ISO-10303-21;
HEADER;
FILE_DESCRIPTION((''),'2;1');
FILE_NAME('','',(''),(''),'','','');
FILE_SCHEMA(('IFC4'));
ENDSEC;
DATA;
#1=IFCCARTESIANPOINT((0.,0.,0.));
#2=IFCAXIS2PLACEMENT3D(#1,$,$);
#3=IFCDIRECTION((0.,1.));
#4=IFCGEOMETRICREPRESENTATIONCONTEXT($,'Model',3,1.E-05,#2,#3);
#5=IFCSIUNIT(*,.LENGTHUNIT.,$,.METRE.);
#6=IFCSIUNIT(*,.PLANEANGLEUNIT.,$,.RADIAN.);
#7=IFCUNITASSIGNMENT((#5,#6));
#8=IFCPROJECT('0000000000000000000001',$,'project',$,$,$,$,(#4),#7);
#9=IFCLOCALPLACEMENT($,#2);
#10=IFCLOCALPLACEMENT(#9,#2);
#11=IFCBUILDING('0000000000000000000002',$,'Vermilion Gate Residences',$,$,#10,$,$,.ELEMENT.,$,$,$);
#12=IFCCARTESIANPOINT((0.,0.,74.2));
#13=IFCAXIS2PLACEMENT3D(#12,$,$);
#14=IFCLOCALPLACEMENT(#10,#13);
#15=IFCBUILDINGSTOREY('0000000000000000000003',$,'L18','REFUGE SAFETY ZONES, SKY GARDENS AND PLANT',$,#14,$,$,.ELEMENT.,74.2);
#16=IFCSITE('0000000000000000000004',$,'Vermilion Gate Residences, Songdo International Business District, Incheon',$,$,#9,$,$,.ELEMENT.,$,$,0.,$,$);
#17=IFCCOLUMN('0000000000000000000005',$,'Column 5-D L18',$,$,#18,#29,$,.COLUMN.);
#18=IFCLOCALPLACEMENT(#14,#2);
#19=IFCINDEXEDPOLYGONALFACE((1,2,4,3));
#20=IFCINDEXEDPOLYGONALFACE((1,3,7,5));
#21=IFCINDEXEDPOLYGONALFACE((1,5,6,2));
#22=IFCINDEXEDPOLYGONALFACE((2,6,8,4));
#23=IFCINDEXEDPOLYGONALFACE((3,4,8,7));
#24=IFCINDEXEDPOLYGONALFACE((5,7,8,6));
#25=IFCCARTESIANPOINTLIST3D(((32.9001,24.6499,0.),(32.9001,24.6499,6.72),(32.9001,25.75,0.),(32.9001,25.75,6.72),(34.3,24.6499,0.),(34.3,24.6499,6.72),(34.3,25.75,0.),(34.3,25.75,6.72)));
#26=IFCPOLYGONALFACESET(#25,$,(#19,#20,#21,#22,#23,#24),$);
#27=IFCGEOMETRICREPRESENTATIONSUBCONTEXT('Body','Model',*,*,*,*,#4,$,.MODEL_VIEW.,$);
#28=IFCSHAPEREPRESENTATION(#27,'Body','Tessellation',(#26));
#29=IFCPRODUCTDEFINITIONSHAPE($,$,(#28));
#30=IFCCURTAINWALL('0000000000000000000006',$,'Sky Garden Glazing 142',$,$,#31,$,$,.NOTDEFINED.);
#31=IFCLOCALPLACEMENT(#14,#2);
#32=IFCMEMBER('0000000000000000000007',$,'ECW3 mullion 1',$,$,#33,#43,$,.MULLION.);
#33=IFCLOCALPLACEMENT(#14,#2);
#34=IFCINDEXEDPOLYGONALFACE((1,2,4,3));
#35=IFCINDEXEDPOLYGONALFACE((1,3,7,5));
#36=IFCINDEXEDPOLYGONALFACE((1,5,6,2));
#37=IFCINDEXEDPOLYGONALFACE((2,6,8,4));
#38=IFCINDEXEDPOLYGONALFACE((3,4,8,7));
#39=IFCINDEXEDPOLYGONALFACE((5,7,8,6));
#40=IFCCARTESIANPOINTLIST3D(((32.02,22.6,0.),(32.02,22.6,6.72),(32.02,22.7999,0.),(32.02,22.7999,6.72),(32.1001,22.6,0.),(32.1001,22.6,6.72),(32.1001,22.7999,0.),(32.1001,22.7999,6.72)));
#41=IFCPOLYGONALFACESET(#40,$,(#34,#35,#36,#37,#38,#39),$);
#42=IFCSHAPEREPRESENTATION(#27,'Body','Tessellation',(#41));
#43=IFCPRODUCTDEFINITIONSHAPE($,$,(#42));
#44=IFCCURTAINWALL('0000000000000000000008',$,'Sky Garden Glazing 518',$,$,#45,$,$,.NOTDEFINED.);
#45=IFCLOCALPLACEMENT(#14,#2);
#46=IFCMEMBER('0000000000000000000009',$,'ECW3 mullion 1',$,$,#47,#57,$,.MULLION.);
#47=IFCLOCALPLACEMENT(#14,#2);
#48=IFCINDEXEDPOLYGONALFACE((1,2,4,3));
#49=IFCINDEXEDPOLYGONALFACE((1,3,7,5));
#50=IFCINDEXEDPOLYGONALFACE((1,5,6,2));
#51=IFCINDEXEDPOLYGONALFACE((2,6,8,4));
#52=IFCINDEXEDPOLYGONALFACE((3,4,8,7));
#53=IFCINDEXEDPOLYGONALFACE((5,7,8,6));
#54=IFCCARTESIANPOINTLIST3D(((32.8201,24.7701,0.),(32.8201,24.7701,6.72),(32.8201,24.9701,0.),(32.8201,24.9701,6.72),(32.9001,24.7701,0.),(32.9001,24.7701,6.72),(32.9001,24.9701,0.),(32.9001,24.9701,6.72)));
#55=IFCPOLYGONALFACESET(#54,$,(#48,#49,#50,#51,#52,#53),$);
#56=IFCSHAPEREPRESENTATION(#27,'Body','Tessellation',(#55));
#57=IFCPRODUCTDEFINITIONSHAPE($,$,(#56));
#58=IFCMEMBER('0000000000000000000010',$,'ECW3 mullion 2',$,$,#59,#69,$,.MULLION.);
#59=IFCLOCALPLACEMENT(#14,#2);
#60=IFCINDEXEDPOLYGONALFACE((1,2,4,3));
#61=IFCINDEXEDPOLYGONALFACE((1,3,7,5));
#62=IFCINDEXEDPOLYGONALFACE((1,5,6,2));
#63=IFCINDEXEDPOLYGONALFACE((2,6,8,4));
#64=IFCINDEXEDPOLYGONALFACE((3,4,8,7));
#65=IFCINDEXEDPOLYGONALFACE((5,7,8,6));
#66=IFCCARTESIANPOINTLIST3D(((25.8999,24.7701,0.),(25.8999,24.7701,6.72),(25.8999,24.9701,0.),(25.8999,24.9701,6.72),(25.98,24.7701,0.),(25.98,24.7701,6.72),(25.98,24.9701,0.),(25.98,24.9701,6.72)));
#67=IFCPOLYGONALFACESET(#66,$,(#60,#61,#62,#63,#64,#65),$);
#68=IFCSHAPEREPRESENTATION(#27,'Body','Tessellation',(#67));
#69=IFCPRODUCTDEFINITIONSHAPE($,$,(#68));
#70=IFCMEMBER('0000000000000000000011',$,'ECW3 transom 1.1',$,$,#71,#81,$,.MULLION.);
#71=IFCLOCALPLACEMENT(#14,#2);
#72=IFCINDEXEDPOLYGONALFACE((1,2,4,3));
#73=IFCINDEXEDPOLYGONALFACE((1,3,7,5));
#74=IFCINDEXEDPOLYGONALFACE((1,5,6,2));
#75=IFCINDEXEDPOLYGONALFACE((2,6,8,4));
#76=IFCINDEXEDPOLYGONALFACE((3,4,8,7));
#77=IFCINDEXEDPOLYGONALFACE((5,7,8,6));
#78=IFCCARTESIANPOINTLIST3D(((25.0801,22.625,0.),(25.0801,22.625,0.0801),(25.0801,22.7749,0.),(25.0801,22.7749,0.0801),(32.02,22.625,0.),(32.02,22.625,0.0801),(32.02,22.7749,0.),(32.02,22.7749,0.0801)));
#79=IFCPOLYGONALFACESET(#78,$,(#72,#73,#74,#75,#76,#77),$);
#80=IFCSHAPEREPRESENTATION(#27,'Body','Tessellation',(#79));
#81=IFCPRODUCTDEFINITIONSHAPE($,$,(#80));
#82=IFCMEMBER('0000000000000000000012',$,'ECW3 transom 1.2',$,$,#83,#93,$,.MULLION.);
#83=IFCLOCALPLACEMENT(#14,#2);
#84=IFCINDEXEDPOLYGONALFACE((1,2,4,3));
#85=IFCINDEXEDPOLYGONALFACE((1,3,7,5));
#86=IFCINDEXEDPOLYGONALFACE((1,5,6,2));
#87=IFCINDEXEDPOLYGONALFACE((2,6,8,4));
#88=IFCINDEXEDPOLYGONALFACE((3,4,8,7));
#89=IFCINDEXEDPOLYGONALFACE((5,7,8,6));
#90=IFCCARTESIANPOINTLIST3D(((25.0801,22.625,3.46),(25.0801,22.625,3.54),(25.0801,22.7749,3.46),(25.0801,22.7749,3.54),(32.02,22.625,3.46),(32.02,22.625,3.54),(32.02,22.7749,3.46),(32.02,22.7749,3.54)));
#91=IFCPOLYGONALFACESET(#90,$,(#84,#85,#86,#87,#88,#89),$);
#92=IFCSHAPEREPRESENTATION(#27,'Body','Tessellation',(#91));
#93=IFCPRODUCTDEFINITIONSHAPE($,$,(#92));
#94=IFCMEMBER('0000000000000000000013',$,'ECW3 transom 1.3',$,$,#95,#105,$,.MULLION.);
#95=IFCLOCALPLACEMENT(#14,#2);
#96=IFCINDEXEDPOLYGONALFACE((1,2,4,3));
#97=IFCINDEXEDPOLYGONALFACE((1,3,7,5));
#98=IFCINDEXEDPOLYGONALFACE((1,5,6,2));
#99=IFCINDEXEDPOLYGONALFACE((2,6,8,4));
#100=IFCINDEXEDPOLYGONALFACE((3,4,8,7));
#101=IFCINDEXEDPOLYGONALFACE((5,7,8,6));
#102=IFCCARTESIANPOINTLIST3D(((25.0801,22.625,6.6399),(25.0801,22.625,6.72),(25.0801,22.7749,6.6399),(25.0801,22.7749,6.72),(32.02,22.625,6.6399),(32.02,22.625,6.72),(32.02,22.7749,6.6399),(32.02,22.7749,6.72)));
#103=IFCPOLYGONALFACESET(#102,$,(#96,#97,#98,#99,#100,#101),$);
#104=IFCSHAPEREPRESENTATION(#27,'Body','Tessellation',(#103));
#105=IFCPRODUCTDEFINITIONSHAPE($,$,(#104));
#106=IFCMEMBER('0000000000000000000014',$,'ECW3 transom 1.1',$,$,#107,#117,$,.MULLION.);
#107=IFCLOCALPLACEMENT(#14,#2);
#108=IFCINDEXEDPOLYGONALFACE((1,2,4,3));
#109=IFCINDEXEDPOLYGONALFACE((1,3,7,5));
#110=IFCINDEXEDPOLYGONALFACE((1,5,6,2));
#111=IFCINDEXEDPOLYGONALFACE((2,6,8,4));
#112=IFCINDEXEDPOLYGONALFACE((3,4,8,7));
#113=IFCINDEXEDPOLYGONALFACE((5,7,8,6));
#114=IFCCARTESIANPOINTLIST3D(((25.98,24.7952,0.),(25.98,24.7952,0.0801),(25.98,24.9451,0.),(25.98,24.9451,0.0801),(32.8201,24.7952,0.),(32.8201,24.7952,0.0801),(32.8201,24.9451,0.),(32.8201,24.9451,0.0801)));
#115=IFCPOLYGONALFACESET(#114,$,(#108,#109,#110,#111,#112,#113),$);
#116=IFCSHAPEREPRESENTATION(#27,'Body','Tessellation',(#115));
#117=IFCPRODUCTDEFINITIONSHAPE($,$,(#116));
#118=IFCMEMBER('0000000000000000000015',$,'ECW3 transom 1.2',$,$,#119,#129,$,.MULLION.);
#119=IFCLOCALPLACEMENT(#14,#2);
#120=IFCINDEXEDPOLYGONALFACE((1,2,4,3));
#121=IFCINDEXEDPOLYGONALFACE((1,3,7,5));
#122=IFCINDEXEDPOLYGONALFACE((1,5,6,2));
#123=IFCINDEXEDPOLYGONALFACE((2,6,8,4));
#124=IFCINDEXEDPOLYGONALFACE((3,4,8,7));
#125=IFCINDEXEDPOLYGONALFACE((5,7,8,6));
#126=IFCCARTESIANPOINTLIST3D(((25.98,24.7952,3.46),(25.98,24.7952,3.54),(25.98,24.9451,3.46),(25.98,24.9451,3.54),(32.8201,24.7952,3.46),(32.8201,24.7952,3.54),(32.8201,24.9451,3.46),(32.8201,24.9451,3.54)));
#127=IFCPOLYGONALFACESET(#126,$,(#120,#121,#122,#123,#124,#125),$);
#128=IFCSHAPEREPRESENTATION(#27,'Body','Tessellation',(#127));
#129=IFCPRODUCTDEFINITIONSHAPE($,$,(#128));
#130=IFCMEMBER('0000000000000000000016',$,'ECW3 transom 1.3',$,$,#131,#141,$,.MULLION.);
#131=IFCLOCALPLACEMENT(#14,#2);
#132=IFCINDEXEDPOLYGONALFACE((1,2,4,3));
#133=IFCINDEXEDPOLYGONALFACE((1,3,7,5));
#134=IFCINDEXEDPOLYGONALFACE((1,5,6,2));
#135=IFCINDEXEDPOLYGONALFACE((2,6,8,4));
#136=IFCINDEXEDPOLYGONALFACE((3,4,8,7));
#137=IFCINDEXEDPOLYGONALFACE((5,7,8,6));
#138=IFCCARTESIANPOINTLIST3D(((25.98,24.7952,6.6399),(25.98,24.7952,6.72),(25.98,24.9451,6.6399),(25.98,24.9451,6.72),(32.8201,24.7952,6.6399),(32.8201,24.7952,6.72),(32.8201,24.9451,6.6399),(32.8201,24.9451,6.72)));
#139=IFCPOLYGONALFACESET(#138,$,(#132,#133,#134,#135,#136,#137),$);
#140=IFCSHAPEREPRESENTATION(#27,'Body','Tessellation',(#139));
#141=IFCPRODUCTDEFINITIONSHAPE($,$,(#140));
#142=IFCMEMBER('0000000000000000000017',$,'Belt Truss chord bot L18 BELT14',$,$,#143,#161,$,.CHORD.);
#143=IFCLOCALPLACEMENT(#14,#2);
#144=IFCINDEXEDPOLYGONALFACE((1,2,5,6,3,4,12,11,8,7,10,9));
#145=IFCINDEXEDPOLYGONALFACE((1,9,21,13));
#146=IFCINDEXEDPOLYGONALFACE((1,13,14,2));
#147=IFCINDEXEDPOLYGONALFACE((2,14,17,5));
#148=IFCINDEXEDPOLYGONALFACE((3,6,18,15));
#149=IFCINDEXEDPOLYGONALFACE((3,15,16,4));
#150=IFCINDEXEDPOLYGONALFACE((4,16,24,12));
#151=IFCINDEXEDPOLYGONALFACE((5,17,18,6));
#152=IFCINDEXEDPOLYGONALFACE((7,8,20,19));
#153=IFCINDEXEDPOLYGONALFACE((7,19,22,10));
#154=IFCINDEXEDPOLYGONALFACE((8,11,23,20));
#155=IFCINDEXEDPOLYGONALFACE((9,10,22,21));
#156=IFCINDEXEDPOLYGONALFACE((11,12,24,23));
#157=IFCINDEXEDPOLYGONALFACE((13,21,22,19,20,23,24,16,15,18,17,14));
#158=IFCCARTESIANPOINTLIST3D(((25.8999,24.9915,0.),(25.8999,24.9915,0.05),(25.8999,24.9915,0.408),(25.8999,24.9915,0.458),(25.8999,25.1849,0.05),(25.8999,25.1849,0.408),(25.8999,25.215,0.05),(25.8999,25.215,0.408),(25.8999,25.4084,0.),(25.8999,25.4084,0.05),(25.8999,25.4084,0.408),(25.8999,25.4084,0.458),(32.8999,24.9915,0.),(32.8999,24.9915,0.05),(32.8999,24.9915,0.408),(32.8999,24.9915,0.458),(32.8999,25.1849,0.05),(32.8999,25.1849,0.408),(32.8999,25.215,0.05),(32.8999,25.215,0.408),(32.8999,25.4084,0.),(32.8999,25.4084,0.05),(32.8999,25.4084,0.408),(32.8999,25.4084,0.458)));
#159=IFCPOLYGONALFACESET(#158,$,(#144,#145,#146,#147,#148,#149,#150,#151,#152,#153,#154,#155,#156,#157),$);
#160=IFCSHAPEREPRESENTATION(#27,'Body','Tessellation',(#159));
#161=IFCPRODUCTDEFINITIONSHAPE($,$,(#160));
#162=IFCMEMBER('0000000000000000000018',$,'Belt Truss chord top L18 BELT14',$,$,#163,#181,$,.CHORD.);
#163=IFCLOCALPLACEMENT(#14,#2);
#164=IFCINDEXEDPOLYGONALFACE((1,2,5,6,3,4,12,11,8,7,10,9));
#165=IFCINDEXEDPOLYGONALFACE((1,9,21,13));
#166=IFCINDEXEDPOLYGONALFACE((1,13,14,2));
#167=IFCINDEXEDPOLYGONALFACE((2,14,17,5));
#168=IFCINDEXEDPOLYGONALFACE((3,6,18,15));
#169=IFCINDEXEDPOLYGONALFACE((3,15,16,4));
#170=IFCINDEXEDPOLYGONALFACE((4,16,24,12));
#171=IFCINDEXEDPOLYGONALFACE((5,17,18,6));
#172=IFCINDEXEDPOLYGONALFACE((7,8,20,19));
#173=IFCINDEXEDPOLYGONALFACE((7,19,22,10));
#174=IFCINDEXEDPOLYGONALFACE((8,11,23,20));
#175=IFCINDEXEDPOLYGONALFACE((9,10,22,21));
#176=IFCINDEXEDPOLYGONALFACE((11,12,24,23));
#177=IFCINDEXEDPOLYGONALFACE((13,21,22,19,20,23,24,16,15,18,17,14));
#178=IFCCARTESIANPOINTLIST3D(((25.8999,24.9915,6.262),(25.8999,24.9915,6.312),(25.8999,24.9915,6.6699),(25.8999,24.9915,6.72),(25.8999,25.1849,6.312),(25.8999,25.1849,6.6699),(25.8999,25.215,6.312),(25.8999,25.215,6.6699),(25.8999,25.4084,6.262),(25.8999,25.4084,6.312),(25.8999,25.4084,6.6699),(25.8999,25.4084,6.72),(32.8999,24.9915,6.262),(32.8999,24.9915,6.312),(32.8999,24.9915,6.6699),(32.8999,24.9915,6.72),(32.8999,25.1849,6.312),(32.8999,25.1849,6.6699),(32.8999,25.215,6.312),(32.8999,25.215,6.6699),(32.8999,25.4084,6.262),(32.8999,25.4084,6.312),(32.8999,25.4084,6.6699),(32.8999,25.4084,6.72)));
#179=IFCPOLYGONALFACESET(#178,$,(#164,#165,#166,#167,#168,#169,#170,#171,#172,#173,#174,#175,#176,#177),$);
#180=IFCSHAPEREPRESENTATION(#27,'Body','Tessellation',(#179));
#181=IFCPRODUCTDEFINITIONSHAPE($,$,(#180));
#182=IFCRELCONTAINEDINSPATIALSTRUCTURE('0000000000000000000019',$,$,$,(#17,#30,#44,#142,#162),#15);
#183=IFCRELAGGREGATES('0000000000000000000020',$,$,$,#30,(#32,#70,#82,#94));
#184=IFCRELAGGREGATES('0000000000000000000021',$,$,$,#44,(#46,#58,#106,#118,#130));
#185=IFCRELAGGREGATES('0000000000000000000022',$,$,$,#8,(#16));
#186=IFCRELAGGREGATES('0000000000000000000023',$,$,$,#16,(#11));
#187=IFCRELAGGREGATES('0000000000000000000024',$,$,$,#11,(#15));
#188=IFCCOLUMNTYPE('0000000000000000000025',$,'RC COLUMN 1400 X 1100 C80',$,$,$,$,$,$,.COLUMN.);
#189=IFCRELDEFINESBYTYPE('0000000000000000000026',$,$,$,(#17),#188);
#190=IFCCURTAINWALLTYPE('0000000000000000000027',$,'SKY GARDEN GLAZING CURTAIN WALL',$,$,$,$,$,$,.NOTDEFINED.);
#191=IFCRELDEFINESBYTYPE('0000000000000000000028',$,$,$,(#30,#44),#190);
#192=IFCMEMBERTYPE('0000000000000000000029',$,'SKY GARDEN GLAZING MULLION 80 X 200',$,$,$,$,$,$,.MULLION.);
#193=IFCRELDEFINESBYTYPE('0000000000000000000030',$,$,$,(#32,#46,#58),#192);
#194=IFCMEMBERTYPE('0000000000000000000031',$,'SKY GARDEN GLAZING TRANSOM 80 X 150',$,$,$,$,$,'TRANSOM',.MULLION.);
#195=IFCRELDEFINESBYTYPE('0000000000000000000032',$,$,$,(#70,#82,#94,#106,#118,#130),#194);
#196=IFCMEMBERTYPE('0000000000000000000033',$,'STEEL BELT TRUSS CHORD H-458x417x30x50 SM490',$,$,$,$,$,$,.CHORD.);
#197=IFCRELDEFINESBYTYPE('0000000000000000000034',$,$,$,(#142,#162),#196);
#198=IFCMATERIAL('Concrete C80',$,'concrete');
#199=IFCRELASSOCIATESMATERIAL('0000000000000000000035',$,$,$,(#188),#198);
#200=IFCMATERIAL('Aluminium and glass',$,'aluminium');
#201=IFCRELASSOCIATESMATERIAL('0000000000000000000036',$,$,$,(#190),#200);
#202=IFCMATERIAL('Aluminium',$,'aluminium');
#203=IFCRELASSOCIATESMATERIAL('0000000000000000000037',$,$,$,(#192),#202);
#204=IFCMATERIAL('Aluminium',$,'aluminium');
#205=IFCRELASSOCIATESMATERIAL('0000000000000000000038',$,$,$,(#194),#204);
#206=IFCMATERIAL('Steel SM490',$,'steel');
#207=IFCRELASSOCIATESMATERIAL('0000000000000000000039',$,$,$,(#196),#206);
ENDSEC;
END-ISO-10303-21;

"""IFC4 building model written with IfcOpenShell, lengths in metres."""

from ifc_helpers import new_model, si_unit, direction, frame, origin, origin_2d, place, context, subcontext, project, spatial, rectangle, i_section, extrude, material, material_profile, profile_set, type_object, element, aggregate, save


model = new_model("IFC4")

# Units and contexts
model_context = context("Model", 3, precision=1e-05, world=origin(), true_north=direction((0.0, 1.0)))
body_context = subcontext(model_context, "Body", "Model", "MODEL_VIEW")
ifc_project = project(units=[si_unit("LENGTHUNIT", "METRE"), si_unit("PLANEANGLEUNIT", "RADIAN")], contexts=[model_context])

# Site, building, storey
site_placement = place(None, origin())
site = spatial("IfcSite", under=ifc_project, at=site_placement, Name="Vermilion Gate Residences, Songdo International Business District, Incheon", CompositionType="ELEMENT", RefElevation=0.0)
building_placement = place(site_placement, origin())
building = spatial("IfcBuilding", under=site, at=building_placement, Name="Vermilion Gate Residences", CompositionType="ELEMENT")
storey_placement = place(building_placement, frame((0.0, 0.0, 74.2)))
storey = spatial("IfcBuildingStorey", under=building, at=storey_placement, Name="L18", Description="REFUGE SAFETY ZONES, SKY GARDENS AND PLANT", CompositionType="ELEMENT", Elevation=74.2)

# Column
ifc_material_1 = material(Name="Concrete C80", Category="concrete")
ifc_material_profile_1 = material_profile(ifc_material_1, rectangle(XDim=1.3999, YDim=1.1001, at=origin_2d()), Name="RC-1400x1100")
ifc_profile_set_1 = profile_set([ifc_material_profile_1], Name="Concrete C80")
column_type = type_object("IfcColumnType", Name="RC COLUMN 1400 X 1100 C80", PredefinedType="COLUMN", material=ifc_profile_set_1)
column_placement = place(storey_placement, frame((33.6001, 25.2, 0.0), z_axis=(0.0, 0.0, 1.0), x_axis=(1.0, 0.0, 0.0)))
element("IfcColumn", 1, at=column_placement, inside=storey, type_object=column_type, Name="Column 5-D L18", PredefinedType="COLUMN", context=body_context, shape_type="SweptSolid", body=[
    extrude(rectangle(XDim=1.3999, YDim=1.1001, at=origin_2d()), origin(), (0.0, 0.0, 1.0), 6.72),
])

# Curtain wall, member
ifc_material_2 = material(Name="Aluminium and glass", Category="aluminium")
curtain_wall_type = type_object("IfcCurtainWallType", Name="SKY GARDEN GLAZING CURTAIN WALL", PredefinedType="NOTDEFINED", material=ifc_material_2)
curtain_wall_1_placement = place(storey_placement, origin())
curtain_wall_1 = element("IfcCurtainWall", 2, at=curtain_wall_1_placement, inside=storey, type_object=curtain_wall_type, Name="Sky Garden Glazing 142", PredefinedType="NOTDEFINED")
ifc_material_3 = material(Name="Aluminium", Category="aluminium")
ifc_material_profile_2 = material_profile(ifc_material_3, rectangle(XDim=0.2, YDim=0.0801, at=origin_2d()), Name="MULLION 80 X 200")
ifc_profile_set_2 = profile_set([ifc_material_profile_2], Name="Aluminium")
member_type_1 = type_object("IfcMemberType", Name="SKY GARDEN GLAZING MULLION 80 X 200", PredefinedType="MULLION", material=ifc_profile_set_2)
member_1_placement = place(storey_placement, frame((32.0601, 22.7, 0.0), z_axis=(0.0, 0.0, 1.0), x_axis=(0.0, -1.0, 0.0)))
member_1 = element("IfcMember", 3, at=member_1_placement, type_object=member_type_1, Name="ECW3 mullion 1", PredefinedType="MULLION", context=body_context, shape_type="SweptSolid", body=[
    extrude(rectangle(XDim=0.2, YDim=0.0801, at=origin_2d()), origin(), (0.0, 0.0, 1.0), 6.72),
])

# Curtain wall, members
curtain_wall_2_placement = place(storey_placement, origin())
curtain_wall_2 = element("IfcCurtainWall", 4, at=curtain_wall_2_placement, inside=storey, type_object=curtain_wall_type, Name="Sky Garden Glazing 518", PredefinedType="NOTDEFINED")
member_2_placement = place(storey_placement, frame((32.8601, 24.8701, 0.0), z_axis=(0.0, 0.0, 1.0), x_axis=(0.0, -1.0, 0.0)))
member_2 = element("IfcMember", 5, at=member_2_placement, type_object=member_type_1, Name="ECW3 mullion 1", PredefinedType="MULLION", context=body_context, shape_type="SweptSolid", body=[
    extrude(rectangle(XDim=0.2, YDim=0.0801, at=origin_2d()), origin(), (0.0, 0.0, 1.0), 6.72),
])
member_3_placement = place(storey_placement, frame((25.9399, 24.8701, 0.0), z_axis=(0.0, 0.0, 1.0), x_axis=(0.0, -1.0, 0.0)))
member_3 = element("IfcMember", 6, at=member_3_placement, type_object=member_type_1, Name="ECW3 mullion 2", PredefinedType="MULLION", context=body_context, shape_type="SweptSolid", body=[
    extrude(rectangle(XDim=0.2, YDim=0.0801, at=origin_2d()), origin(), (0.0, 0.0, 1.0), 6.72),
])

# Members
ifc_material_4 = material(Name="Aluminium", Category="aluminium")
ifc_material_profile_3 = material_profile(ifc_material_4, rectangle(XDim=0.1499, YDim=0.0801, at=origin_2d()), Name="TRANSOM 80 X 150")
ifc_profile_set_3 = profile_set([ifc_material_profile_3], Name="Aluminium")
member_type_2 = type_object("IfcMemberType", Name="SKY GARDEN GLAZING TRANSOM 80 X 150", ElementType="TRANSOM", PredefinedType="MULLION", material=ifc_profile_set_3)
member_4_placement = place(storey_placement, frame((32.02, 22.7, 0.04), z_axis=(-1.0, 0.0, 0.0), x_axis=(0.0, -1.0, 0.0)))
member_4 = element("IfcMember", 7, at=member_4_placement, type_object=member_type_2, Name="ECW3 transom 1.1", PredefinedType="MULLION", context=body_context, shape_type="SweptSolid", body=[
    extrude(rectangle(XDim=0.1499, YDim=0.0801, at=origin_2d()), origin(), (0.0, 0.0, 1.0), 6.9399),
])
member_5_placement = place(storey_placement, frame((32.02, 22.7, 3.5), z_axis=(-1.0, 0.0, 0.0), x_axis=(0.0, -1.0, 0.0)))
member_5 = element("IfcMember", 8, at=member_5_placement, type_object=member_type_2, Name="ECW3 transom 1.2", PredefinedType="MULLION", context=body_context, shape_type="SweptSolid", body=[
    extrude(rectangle(XDim=0.1499, YDim=0.0801, at=origin_2d()), origin(), (0.0, 0.0, 1.0), 6.9399),
])
member_6_placement = place(storey_placement, frame((32.02, 22.7, 6.6799), z_axis=(-1.0, 0.0, 0.0), x_axis=(0.0, -1.0, 0.0)))
member_6 = element("IfcMember", 9, at=member_6_placement, type_object=member_type_2, Name="ECW3 transom 1.3", PredefinedType="MULLION", context=body_context, shape_type="SweptSolid", body=[
    extrude(rectangle(XDim=0.1499, YDim=0.0801, at=origin_2d()), origin(), (0.0, 0.0, 1.0), 6.9399),
])
member_7_placement = place(storey_placement, frame((32.8201, 24.8701, 0.04), z_axis=(-1.0, 0.0, 0.0), x_axis=(0.0, -1.0, 0.0)))
member_7 = element("IfcMember", 10, at=member_7_placement, type_object=member_type_2, Name="ECW3 transom 1.1", PredefinedType="MULLION", context=body_context, shape_type="SweptSolid", body=[
    extrude(rectangle(XDim=0.1499, YDim=0.0801, at=origin_2d()), origin(), (0.0, 0.0, 1.0), 6.8401),
])
member_8_placement = place(storey_placement, frame((32.8201, 24.8701, 3.5), z_axis=(-1.0, 0.0, 0.0), x_axis=(0.0, -1.0, 0.0)))
member_8 = element("IfcMember", 11, at=member_8_placement, type_object=member_type_2, Name="ECW3 transom 1.2", PredefinedType="MULLION", context=body_context, shape_type="SweptSolid", body=[
    extrude(rectangle(XDim=0.1499, YDim=0.0801, at=origin_2d()), origin(), (0.0, 0.0, 1.0), 6.8401),
])
member_9_placement = place(storey_placement, frame((32.8201, 24.8701, 6.6799), z_axis=(-1.0, 0.0, 0.0), x_axis=(0.0, -1.0, 0.0)))
member_9 = element("IfcMember", 12, at=member_9_placement, type_object=member_type_2, Name="ECW3 transom 1.3", PredefinedType="MULLION", context=body_context, shape_type="SweptSolid", body=[
    extrude(rectangle(XDim=0.1499, YDim=0.0801, at=origin_2d()), origin(), (0.0, 0.0, 1.0), 6.8401),
])

# Members
ifc_material_5 = material(Name="Steel SM490", Category="steel")
ifc_material_profile_4 = material_profile(ifc_material_5, i_section(OverallWidth=0.417, OverallDepth=0.458, WebThickness=0.03, FlangeThickness=0.05, at=origin_2d()), Name="H-458x417x30x50")
ifc_profile_set_4 = profile_set([ifc_material_profile_4], Name="Steel SM490")
member_type_3 = type_object("IfcMemberType", Name="STEEL BELT TRUSS CHORD H-458x417x30x50 SM490", PredefinedType="CHORD", material=ifc_profile_set_4)
for number, where, z_axis, x_axis, name in (
    (13, (25.8999, 25.2, 0.229), (1.0, 0.0, 0.0), (0.0, 1.0, 0.0), "Belt Truss chord bot L18 BELT14"),
    (14, (25.8999, 25.2, 6.491), (1.0, 0.0, 0.0), (0.0, 1.0, 0.0), "Belt Truss chord top L18 BELT14"),
):
    element("IfcMember", number, at=place(storey_placement, frame(where, z_axis=z_axis, x_axis=x_axis)), inside=storey, type_object=member_type_3, Name=name, PredefinedType="CHORD", context=body_context, shape_type="SweptSolid", body=[
        extrude(i_section(OverallWidth=0.417, OverallDepth=0.458, WebThickness=0.03, FlangeThickness=0.05, at=origin_2d()), origin(), (0.0, 0.0, 1.0), 7.0),
    ])

aggregate(curtain_wall_1, [member_1, member_4, member_5, member_6])
aggregate(curtain_wall_2, [member_2, member_3, member_7, member_8, member_9])

save(model, "model.ifc")
